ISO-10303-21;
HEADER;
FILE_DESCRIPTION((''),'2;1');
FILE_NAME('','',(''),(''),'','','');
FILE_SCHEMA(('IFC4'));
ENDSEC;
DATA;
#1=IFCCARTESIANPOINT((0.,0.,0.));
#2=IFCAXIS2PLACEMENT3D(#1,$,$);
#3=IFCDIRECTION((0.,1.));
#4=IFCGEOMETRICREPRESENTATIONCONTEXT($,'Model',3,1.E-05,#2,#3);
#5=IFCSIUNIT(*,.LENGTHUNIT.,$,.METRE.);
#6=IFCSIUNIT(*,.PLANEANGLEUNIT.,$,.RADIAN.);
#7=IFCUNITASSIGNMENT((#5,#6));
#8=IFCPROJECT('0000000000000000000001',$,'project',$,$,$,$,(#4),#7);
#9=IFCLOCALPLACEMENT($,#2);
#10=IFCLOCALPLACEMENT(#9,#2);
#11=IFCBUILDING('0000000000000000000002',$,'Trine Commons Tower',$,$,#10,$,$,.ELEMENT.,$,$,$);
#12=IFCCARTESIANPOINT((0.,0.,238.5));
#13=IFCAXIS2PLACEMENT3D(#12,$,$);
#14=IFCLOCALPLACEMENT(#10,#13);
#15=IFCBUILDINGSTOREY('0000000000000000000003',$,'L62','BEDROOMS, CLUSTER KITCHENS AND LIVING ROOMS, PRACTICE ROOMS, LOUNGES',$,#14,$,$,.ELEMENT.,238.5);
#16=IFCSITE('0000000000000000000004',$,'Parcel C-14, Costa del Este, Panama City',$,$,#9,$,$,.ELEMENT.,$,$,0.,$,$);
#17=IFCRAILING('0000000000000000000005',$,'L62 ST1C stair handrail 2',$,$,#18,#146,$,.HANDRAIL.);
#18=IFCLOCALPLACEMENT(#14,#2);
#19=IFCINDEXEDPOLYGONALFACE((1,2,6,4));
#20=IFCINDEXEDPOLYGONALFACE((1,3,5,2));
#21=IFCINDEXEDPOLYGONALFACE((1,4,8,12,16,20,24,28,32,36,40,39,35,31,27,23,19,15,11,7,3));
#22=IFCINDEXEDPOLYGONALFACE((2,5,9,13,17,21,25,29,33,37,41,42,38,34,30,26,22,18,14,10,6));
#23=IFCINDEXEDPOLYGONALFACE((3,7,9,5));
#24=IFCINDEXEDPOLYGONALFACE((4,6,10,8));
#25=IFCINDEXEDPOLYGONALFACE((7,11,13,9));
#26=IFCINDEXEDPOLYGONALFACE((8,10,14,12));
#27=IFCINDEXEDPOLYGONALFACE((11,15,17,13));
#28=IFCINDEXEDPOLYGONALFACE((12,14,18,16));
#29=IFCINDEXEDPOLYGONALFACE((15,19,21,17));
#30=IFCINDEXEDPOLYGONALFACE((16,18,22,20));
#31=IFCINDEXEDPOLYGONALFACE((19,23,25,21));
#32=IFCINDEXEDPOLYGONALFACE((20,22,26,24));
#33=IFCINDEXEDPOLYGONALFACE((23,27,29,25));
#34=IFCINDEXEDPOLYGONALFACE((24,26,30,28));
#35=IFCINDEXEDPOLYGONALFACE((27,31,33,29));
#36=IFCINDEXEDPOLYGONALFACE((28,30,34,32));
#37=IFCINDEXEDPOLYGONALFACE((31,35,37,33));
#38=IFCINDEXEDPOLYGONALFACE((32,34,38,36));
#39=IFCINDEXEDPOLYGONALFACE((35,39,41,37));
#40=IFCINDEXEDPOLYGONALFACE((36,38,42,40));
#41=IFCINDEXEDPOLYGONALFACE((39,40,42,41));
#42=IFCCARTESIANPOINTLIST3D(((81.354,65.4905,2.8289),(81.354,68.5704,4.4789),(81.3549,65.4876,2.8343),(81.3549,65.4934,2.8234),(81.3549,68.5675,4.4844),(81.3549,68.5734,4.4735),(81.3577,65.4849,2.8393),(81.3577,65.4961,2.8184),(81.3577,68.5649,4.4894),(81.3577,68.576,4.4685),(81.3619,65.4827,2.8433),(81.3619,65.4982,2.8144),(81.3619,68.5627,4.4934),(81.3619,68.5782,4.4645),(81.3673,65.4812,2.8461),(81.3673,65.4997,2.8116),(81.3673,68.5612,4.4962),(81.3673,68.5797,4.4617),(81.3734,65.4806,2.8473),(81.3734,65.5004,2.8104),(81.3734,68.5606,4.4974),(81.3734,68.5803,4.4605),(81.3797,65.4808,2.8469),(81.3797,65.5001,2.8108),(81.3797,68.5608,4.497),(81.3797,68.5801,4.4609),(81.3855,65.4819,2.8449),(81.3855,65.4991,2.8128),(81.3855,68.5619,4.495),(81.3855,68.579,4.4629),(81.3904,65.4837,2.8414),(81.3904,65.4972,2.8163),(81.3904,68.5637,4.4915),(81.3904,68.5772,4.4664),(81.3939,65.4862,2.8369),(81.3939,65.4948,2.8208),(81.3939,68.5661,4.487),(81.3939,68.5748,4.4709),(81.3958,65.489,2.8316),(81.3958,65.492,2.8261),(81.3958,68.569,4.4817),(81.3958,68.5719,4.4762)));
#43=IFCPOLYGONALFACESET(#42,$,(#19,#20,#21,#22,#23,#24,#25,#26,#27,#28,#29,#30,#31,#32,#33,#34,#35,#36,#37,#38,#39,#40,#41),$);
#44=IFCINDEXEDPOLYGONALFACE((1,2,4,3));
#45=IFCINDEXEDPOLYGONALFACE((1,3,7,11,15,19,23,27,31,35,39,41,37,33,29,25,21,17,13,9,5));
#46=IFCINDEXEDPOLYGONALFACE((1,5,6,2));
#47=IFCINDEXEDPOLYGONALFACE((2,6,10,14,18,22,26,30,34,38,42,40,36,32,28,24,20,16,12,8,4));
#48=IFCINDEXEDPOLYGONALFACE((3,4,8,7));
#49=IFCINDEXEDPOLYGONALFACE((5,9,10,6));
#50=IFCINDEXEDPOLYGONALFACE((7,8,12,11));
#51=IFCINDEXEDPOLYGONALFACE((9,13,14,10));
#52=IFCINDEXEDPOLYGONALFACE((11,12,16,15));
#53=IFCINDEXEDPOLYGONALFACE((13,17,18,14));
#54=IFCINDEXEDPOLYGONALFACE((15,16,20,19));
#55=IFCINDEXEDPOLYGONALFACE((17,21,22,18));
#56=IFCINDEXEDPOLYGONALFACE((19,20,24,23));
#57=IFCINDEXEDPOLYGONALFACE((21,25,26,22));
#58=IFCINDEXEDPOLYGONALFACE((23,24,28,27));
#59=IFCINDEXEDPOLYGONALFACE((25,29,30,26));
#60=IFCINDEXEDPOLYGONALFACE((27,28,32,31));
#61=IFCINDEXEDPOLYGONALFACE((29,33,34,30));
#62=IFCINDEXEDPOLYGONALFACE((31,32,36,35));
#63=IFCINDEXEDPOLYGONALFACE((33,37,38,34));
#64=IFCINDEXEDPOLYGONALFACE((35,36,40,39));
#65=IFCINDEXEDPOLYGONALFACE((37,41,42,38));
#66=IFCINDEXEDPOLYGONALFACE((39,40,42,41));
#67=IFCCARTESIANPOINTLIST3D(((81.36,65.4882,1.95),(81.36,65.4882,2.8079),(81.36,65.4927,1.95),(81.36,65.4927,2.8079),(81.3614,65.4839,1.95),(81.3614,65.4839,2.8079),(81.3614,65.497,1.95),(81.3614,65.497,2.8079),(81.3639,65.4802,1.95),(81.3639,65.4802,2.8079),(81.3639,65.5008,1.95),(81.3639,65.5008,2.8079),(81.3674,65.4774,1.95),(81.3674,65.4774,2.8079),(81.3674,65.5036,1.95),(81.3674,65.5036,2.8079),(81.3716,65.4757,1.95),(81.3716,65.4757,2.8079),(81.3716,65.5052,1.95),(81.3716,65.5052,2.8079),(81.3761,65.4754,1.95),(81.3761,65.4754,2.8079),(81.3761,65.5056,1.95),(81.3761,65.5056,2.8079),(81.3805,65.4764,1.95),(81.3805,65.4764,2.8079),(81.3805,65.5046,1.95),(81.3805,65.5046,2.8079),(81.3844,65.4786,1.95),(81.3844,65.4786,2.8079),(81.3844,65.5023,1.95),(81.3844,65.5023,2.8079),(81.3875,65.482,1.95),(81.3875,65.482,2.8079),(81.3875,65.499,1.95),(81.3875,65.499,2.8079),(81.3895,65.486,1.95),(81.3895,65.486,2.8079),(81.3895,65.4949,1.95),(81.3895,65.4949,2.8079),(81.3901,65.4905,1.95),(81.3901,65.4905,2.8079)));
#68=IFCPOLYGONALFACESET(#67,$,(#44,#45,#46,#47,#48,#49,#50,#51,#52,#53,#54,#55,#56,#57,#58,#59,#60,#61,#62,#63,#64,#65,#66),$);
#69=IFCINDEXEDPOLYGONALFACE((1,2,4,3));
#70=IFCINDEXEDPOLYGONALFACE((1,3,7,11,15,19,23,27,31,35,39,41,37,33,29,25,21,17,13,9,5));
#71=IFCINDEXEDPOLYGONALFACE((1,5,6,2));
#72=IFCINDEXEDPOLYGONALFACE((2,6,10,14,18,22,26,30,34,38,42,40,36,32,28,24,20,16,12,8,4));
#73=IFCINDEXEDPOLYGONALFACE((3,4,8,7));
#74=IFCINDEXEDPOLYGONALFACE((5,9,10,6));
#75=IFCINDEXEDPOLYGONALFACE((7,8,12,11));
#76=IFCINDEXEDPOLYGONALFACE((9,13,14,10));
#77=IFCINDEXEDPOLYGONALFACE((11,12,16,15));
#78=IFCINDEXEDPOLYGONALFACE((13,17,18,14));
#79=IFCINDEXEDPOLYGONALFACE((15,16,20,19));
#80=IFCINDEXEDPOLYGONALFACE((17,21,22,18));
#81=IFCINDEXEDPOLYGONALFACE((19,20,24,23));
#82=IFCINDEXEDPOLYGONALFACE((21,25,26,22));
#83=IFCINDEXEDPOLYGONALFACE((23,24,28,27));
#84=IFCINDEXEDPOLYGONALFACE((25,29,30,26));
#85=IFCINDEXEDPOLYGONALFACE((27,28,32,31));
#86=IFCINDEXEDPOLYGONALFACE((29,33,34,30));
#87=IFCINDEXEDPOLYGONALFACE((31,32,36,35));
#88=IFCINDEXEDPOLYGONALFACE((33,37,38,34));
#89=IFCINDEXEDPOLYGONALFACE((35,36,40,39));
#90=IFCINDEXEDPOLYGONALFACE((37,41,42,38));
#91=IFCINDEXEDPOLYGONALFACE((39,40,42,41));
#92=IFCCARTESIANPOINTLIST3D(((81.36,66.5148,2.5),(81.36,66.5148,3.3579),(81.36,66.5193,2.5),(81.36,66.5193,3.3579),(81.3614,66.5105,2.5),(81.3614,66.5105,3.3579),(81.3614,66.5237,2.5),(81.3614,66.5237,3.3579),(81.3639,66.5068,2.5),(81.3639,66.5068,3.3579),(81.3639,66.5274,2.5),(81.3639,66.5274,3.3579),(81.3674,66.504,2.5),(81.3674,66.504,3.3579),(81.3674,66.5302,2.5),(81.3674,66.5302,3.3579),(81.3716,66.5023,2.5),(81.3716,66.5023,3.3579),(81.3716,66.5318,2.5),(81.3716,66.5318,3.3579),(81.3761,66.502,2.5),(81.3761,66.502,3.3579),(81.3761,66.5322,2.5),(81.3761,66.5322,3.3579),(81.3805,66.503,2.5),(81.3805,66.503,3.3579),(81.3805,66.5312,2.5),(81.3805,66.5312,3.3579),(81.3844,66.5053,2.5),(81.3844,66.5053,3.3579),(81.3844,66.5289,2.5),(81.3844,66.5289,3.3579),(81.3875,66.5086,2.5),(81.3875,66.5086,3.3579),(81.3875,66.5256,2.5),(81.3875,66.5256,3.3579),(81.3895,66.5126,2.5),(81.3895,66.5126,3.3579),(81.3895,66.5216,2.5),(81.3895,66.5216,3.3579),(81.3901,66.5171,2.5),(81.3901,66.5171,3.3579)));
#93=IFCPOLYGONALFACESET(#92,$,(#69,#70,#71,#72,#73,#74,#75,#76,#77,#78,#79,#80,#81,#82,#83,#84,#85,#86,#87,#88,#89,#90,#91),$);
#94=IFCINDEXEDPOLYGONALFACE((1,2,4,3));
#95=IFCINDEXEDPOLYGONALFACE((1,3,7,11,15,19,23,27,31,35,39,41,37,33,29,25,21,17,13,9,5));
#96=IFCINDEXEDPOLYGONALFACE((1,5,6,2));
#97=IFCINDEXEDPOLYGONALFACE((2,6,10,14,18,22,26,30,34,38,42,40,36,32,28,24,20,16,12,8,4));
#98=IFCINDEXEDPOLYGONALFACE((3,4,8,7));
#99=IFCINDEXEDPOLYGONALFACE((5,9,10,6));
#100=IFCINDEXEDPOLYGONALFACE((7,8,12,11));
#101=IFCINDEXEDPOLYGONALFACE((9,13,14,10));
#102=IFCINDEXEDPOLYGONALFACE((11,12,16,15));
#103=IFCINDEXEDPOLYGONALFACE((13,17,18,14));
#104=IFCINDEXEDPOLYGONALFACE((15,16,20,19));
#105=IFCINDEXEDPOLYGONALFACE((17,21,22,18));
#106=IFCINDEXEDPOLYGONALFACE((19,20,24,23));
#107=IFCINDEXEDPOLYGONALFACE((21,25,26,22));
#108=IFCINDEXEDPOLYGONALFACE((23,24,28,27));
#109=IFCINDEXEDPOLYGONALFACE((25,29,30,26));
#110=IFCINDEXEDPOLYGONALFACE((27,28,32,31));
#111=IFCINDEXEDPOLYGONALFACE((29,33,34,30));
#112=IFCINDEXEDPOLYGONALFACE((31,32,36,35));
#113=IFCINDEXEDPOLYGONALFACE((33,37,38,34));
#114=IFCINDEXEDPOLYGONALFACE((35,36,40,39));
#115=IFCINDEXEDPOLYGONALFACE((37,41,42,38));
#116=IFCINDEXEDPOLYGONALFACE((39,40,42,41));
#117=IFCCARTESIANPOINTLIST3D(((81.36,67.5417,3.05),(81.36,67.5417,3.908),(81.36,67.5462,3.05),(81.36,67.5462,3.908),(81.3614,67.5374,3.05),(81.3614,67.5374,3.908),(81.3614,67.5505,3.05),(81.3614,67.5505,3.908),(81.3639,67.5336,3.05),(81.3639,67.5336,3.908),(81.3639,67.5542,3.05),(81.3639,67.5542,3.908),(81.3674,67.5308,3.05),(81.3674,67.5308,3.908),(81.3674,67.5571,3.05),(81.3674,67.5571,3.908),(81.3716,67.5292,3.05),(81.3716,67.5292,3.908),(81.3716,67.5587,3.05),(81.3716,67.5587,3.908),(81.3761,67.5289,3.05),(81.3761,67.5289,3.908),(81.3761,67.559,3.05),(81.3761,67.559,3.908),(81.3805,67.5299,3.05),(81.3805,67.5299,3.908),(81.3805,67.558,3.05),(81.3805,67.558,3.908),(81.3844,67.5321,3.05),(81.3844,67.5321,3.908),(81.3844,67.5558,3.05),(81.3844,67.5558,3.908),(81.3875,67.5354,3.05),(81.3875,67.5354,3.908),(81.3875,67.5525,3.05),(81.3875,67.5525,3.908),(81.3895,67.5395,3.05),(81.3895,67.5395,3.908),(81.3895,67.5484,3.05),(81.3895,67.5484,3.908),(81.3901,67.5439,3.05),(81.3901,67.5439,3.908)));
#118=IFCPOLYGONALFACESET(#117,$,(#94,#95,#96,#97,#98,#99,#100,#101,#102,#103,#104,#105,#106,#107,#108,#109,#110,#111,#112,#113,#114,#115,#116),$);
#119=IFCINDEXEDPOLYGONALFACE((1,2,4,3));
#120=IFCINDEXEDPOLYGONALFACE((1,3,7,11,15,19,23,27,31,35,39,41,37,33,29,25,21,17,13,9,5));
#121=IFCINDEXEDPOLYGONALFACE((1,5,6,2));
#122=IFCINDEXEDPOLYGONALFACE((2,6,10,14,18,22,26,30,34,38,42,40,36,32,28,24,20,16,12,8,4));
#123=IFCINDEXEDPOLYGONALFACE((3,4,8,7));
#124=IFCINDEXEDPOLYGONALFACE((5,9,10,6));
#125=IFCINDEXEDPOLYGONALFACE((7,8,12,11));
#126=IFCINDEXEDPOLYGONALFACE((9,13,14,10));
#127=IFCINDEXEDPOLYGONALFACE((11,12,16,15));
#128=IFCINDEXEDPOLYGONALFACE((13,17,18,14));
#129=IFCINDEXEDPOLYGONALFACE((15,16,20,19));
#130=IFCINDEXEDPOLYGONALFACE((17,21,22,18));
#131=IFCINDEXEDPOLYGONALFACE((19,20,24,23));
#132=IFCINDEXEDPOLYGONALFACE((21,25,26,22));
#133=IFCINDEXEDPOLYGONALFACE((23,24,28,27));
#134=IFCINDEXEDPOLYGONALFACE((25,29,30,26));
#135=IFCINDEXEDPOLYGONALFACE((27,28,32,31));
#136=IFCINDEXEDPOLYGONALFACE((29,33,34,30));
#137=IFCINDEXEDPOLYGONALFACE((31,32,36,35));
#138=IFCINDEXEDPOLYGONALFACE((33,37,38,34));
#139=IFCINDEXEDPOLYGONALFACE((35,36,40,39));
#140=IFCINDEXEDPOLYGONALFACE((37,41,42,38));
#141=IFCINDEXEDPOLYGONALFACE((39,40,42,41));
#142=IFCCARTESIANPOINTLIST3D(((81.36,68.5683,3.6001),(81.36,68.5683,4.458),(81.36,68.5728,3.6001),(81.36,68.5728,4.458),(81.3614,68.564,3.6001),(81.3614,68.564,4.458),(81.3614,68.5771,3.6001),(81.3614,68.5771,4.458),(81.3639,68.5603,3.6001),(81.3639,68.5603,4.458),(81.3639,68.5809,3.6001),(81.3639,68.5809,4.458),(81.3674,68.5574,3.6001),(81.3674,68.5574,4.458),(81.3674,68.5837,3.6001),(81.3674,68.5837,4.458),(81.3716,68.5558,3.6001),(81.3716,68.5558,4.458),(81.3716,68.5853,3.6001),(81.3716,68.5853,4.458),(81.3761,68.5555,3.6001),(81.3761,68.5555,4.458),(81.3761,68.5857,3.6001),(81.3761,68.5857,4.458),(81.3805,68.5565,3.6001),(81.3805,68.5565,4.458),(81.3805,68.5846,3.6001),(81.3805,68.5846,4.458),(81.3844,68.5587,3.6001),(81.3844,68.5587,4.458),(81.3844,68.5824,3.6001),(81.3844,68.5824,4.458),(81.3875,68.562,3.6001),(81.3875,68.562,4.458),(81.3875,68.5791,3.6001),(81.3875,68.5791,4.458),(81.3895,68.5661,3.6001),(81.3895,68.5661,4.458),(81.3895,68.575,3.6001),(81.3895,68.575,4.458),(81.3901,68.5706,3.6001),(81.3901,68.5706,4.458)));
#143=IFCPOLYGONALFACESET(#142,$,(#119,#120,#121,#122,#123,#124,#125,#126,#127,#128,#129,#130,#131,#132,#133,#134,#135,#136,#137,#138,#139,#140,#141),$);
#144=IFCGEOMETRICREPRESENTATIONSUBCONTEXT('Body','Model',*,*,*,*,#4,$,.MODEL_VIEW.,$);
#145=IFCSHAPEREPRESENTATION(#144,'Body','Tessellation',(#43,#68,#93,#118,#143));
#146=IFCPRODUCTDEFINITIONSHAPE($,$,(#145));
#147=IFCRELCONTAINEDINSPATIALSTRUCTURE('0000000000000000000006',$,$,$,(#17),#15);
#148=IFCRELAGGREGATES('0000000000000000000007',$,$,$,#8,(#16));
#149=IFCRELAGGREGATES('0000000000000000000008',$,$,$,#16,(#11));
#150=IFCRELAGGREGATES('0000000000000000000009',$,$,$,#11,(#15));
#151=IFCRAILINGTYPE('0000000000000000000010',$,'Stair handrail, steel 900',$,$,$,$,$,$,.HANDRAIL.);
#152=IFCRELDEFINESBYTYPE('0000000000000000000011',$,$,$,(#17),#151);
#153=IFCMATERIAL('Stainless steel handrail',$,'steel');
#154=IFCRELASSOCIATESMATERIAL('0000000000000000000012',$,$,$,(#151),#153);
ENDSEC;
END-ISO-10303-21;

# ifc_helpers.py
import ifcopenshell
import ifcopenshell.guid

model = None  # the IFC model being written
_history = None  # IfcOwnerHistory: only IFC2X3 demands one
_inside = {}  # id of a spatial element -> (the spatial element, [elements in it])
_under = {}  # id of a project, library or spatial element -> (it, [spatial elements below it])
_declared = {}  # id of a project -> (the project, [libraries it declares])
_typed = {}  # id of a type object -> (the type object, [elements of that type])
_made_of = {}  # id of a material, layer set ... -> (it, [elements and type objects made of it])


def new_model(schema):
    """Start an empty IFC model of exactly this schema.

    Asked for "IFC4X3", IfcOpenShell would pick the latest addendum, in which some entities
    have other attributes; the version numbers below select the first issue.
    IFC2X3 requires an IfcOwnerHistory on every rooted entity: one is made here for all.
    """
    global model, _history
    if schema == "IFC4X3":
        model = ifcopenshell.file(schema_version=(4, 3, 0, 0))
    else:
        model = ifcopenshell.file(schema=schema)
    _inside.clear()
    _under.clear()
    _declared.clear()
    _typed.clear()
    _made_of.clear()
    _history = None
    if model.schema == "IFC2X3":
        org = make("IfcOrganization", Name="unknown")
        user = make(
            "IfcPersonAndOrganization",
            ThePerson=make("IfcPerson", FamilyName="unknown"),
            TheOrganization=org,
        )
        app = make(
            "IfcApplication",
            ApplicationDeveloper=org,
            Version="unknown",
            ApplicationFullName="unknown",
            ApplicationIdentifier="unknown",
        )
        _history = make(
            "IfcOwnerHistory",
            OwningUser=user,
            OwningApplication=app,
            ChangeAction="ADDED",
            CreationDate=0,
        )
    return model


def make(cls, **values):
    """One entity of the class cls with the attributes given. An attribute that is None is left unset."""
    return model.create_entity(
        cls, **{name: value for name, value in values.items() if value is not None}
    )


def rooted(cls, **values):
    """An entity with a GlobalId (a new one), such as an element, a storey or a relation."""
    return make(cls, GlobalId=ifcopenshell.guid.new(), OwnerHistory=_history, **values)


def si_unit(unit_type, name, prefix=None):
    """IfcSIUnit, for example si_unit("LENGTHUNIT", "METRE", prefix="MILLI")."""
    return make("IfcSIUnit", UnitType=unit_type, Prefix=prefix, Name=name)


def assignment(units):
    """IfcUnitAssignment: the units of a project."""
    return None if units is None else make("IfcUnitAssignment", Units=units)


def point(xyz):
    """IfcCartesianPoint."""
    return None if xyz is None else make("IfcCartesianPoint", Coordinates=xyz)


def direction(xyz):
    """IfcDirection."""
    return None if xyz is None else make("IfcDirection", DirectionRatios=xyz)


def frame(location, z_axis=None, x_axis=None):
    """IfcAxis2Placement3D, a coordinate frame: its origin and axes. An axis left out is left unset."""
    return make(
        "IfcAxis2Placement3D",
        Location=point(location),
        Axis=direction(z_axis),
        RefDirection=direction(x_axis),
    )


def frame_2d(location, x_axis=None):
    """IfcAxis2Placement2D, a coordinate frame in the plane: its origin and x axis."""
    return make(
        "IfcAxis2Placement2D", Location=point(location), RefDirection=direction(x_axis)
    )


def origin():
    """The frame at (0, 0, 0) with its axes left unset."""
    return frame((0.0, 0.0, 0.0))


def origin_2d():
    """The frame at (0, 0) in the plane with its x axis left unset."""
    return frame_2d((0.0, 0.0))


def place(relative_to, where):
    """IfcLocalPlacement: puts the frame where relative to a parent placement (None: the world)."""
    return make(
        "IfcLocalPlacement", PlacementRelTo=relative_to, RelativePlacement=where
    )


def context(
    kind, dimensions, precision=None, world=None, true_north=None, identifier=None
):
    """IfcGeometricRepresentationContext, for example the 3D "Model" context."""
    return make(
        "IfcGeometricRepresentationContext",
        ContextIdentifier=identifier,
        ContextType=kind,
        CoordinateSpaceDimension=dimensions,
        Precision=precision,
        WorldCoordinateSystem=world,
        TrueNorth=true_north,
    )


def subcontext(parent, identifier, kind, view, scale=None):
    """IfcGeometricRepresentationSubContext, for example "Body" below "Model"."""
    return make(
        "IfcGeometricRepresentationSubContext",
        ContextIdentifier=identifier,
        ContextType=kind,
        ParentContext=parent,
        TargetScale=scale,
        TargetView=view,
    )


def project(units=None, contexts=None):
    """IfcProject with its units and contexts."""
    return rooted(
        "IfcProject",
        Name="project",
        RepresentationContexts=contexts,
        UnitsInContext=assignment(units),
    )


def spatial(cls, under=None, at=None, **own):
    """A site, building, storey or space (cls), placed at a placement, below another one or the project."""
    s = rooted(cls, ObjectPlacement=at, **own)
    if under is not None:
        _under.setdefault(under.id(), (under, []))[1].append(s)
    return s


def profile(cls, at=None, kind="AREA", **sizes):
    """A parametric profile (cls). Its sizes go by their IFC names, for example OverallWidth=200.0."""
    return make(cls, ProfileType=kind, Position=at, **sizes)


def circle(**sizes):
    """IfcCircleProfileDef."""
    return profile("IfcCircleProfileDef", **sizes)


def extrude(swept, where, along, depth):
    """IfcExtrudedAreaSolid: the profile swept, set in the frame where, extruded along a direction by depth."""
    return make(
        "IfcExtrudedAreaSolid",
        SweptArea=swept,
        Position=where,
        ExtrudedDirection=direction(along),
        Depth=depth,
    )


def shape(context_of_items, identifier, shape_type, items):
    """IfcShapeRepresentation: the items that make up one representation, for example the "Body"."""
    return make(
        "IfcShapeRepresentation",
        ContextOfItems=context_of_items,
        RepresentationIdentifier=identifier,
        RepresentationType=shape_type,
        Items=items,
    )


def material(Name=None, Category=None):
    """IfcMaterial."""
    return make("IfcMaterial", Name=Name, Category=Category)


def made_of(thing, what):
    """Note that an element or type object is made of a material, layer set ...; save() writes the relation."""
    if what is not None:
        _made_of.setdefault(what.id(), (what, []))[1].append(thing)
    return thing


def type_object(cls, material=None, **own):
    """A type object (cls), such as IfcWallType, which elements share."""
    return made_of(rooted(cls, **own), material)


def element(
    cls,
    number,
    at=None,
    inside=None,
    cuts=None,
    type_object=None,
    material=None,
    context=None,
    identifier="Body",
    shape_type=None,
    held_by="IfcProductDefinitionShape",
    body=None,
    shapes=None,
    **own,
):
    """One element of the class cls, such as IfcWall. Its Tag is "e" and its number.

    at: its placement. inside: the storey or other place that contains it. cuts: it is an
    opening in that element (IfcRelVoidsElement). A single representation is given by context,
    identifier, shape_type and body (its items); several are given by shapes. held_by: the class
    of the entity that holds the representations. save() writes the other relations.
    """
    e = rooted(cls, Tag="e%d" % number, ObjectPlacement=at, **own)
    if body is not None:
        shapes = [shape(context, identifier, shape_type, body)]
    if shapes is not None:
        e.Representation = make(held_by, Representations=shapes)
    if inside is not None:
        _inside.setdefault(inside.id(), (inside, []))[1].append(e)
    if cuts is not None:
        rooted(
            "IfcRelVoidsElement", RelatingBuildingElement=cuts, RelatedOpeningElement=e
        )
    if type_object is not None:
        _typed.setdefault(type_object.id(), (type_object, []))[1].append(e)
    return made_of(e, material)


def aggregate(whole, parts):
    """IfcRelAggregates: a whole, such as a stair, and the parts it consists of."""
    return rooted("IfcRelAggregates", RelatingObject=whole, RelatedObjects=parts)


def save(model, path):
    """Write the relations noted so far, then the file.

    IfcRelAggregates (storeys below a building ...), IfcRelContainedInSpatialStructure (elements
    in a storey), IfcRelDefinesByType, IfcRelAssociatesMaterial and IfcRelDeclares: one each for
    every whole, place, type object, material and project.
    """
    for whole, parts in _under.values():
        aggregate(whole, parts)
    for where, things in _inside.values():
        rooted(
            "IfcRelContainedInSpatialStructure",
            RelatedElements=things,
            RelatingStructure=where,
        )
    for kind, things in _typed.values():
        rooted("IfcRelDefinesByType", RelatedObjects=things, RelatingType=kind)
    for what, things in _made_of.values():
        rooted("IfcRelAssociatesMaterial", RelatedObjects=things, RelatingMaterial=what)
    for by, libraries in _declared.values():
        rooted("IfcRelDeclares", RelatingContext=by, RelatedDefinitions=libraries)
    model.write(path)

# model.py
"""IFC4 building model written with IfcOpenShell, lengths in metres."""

from ifc_helpers import new_model, si_unit, direction, frame, origin, origin_2d, place, context, subcontext, project, spatial, circle, extrude, material, type_object, element, save


model = new_model("IFC4")

# Units and contexts
model_context = context("Model", 3, precision=1e-05, world=origin(), true_north=direction((0.0, 1.0)))
body_context = subcontext(model_context, "Body", "Model", "MODEL_VIEW")
ifc_project = project(units=[si_unit("LENGTHUNIT", "METRE"), si_unit("PLANEANGLEUNIT", "RADIAN")], contexts=[model_context])

# Site, building, storey
site_placement = place(None, origin())
site = spatial("IfcSite", under=ifc_project, at=site_placement, Name="Parcel C-14, Costa del Este, Panama City", CompositionType="ELEMENT", RefElevation=0.0)
building_placement = place(site_placement, origin())
building = spatial("IfcBuilding", under=site, at=building_placement, Name="Trine Commons Tower", CompositionType="ELEMENT")
storey_placement = place(building_placement, frame((0.0, 0.0, 238.5)))
storey = spatial("IfcBuildingStorey", under=building, at=storey_placement, Name="L62", Description="BEDROOMS, CLUSTER KITCHENS AND LIVING ROOMS, PRACTICE ROOMS, LOUNGES", CompositionType="ELEMENT", Elevation=238.5)

# Railing
ifc_material_1 = material(Name="Stainless steel handrail", Category="steel")
railing_type_1 = type_object("IfcRailingType", Name="Stair handrail, steel 900", PredefinedType="HANDRAIL", material=ifc_material_1)
railing_1_placement = place(storey_placement, frame((81.375, 65.4905, 1.95)))
element("IfcRailing", 1, at=railing_1_placement, inside=storey, type_object=railing_type_1, Name="L62 ST1C stair handrail 2", PredefinedType="HANDRAIL", context=body_context, shape_type="SweptSolid", body=[
    extrude(circle(Radius=0.021, at=origin_2d()), frame((0.0, 0.0, 0.8789), z_axis=(0.0, 0.881468, 0.472245), x_axis=(-1.0, 0.0, 0.0)), (0.0, 0.0, 1.0), 3.4941),
    extrude(circle(Radius=0.0151, at=origin_2d()), origin(), (0.0, 0.0, 1.0), 0.8579),
    extrude(circle(Radius=0.0151, at=origin_2d()), frame((0.0, 1.0266, 0.55)), (0.0, 0.0, 1.0), 0.8579),
    extrude(circle(Radius=0.0151, at=origin_2d()), frame((0.0, 2.0535, 1.1001)), (0.0, 0.0, 1.0), 0.8579),
    extrude(circle(Radius=0.0151, at=origin_2d()), frame((0.0, 3.0801, 1.6501)), (0.0, 0.0, 1.0), 0.8579),
])

save(model, "model.ifc")
